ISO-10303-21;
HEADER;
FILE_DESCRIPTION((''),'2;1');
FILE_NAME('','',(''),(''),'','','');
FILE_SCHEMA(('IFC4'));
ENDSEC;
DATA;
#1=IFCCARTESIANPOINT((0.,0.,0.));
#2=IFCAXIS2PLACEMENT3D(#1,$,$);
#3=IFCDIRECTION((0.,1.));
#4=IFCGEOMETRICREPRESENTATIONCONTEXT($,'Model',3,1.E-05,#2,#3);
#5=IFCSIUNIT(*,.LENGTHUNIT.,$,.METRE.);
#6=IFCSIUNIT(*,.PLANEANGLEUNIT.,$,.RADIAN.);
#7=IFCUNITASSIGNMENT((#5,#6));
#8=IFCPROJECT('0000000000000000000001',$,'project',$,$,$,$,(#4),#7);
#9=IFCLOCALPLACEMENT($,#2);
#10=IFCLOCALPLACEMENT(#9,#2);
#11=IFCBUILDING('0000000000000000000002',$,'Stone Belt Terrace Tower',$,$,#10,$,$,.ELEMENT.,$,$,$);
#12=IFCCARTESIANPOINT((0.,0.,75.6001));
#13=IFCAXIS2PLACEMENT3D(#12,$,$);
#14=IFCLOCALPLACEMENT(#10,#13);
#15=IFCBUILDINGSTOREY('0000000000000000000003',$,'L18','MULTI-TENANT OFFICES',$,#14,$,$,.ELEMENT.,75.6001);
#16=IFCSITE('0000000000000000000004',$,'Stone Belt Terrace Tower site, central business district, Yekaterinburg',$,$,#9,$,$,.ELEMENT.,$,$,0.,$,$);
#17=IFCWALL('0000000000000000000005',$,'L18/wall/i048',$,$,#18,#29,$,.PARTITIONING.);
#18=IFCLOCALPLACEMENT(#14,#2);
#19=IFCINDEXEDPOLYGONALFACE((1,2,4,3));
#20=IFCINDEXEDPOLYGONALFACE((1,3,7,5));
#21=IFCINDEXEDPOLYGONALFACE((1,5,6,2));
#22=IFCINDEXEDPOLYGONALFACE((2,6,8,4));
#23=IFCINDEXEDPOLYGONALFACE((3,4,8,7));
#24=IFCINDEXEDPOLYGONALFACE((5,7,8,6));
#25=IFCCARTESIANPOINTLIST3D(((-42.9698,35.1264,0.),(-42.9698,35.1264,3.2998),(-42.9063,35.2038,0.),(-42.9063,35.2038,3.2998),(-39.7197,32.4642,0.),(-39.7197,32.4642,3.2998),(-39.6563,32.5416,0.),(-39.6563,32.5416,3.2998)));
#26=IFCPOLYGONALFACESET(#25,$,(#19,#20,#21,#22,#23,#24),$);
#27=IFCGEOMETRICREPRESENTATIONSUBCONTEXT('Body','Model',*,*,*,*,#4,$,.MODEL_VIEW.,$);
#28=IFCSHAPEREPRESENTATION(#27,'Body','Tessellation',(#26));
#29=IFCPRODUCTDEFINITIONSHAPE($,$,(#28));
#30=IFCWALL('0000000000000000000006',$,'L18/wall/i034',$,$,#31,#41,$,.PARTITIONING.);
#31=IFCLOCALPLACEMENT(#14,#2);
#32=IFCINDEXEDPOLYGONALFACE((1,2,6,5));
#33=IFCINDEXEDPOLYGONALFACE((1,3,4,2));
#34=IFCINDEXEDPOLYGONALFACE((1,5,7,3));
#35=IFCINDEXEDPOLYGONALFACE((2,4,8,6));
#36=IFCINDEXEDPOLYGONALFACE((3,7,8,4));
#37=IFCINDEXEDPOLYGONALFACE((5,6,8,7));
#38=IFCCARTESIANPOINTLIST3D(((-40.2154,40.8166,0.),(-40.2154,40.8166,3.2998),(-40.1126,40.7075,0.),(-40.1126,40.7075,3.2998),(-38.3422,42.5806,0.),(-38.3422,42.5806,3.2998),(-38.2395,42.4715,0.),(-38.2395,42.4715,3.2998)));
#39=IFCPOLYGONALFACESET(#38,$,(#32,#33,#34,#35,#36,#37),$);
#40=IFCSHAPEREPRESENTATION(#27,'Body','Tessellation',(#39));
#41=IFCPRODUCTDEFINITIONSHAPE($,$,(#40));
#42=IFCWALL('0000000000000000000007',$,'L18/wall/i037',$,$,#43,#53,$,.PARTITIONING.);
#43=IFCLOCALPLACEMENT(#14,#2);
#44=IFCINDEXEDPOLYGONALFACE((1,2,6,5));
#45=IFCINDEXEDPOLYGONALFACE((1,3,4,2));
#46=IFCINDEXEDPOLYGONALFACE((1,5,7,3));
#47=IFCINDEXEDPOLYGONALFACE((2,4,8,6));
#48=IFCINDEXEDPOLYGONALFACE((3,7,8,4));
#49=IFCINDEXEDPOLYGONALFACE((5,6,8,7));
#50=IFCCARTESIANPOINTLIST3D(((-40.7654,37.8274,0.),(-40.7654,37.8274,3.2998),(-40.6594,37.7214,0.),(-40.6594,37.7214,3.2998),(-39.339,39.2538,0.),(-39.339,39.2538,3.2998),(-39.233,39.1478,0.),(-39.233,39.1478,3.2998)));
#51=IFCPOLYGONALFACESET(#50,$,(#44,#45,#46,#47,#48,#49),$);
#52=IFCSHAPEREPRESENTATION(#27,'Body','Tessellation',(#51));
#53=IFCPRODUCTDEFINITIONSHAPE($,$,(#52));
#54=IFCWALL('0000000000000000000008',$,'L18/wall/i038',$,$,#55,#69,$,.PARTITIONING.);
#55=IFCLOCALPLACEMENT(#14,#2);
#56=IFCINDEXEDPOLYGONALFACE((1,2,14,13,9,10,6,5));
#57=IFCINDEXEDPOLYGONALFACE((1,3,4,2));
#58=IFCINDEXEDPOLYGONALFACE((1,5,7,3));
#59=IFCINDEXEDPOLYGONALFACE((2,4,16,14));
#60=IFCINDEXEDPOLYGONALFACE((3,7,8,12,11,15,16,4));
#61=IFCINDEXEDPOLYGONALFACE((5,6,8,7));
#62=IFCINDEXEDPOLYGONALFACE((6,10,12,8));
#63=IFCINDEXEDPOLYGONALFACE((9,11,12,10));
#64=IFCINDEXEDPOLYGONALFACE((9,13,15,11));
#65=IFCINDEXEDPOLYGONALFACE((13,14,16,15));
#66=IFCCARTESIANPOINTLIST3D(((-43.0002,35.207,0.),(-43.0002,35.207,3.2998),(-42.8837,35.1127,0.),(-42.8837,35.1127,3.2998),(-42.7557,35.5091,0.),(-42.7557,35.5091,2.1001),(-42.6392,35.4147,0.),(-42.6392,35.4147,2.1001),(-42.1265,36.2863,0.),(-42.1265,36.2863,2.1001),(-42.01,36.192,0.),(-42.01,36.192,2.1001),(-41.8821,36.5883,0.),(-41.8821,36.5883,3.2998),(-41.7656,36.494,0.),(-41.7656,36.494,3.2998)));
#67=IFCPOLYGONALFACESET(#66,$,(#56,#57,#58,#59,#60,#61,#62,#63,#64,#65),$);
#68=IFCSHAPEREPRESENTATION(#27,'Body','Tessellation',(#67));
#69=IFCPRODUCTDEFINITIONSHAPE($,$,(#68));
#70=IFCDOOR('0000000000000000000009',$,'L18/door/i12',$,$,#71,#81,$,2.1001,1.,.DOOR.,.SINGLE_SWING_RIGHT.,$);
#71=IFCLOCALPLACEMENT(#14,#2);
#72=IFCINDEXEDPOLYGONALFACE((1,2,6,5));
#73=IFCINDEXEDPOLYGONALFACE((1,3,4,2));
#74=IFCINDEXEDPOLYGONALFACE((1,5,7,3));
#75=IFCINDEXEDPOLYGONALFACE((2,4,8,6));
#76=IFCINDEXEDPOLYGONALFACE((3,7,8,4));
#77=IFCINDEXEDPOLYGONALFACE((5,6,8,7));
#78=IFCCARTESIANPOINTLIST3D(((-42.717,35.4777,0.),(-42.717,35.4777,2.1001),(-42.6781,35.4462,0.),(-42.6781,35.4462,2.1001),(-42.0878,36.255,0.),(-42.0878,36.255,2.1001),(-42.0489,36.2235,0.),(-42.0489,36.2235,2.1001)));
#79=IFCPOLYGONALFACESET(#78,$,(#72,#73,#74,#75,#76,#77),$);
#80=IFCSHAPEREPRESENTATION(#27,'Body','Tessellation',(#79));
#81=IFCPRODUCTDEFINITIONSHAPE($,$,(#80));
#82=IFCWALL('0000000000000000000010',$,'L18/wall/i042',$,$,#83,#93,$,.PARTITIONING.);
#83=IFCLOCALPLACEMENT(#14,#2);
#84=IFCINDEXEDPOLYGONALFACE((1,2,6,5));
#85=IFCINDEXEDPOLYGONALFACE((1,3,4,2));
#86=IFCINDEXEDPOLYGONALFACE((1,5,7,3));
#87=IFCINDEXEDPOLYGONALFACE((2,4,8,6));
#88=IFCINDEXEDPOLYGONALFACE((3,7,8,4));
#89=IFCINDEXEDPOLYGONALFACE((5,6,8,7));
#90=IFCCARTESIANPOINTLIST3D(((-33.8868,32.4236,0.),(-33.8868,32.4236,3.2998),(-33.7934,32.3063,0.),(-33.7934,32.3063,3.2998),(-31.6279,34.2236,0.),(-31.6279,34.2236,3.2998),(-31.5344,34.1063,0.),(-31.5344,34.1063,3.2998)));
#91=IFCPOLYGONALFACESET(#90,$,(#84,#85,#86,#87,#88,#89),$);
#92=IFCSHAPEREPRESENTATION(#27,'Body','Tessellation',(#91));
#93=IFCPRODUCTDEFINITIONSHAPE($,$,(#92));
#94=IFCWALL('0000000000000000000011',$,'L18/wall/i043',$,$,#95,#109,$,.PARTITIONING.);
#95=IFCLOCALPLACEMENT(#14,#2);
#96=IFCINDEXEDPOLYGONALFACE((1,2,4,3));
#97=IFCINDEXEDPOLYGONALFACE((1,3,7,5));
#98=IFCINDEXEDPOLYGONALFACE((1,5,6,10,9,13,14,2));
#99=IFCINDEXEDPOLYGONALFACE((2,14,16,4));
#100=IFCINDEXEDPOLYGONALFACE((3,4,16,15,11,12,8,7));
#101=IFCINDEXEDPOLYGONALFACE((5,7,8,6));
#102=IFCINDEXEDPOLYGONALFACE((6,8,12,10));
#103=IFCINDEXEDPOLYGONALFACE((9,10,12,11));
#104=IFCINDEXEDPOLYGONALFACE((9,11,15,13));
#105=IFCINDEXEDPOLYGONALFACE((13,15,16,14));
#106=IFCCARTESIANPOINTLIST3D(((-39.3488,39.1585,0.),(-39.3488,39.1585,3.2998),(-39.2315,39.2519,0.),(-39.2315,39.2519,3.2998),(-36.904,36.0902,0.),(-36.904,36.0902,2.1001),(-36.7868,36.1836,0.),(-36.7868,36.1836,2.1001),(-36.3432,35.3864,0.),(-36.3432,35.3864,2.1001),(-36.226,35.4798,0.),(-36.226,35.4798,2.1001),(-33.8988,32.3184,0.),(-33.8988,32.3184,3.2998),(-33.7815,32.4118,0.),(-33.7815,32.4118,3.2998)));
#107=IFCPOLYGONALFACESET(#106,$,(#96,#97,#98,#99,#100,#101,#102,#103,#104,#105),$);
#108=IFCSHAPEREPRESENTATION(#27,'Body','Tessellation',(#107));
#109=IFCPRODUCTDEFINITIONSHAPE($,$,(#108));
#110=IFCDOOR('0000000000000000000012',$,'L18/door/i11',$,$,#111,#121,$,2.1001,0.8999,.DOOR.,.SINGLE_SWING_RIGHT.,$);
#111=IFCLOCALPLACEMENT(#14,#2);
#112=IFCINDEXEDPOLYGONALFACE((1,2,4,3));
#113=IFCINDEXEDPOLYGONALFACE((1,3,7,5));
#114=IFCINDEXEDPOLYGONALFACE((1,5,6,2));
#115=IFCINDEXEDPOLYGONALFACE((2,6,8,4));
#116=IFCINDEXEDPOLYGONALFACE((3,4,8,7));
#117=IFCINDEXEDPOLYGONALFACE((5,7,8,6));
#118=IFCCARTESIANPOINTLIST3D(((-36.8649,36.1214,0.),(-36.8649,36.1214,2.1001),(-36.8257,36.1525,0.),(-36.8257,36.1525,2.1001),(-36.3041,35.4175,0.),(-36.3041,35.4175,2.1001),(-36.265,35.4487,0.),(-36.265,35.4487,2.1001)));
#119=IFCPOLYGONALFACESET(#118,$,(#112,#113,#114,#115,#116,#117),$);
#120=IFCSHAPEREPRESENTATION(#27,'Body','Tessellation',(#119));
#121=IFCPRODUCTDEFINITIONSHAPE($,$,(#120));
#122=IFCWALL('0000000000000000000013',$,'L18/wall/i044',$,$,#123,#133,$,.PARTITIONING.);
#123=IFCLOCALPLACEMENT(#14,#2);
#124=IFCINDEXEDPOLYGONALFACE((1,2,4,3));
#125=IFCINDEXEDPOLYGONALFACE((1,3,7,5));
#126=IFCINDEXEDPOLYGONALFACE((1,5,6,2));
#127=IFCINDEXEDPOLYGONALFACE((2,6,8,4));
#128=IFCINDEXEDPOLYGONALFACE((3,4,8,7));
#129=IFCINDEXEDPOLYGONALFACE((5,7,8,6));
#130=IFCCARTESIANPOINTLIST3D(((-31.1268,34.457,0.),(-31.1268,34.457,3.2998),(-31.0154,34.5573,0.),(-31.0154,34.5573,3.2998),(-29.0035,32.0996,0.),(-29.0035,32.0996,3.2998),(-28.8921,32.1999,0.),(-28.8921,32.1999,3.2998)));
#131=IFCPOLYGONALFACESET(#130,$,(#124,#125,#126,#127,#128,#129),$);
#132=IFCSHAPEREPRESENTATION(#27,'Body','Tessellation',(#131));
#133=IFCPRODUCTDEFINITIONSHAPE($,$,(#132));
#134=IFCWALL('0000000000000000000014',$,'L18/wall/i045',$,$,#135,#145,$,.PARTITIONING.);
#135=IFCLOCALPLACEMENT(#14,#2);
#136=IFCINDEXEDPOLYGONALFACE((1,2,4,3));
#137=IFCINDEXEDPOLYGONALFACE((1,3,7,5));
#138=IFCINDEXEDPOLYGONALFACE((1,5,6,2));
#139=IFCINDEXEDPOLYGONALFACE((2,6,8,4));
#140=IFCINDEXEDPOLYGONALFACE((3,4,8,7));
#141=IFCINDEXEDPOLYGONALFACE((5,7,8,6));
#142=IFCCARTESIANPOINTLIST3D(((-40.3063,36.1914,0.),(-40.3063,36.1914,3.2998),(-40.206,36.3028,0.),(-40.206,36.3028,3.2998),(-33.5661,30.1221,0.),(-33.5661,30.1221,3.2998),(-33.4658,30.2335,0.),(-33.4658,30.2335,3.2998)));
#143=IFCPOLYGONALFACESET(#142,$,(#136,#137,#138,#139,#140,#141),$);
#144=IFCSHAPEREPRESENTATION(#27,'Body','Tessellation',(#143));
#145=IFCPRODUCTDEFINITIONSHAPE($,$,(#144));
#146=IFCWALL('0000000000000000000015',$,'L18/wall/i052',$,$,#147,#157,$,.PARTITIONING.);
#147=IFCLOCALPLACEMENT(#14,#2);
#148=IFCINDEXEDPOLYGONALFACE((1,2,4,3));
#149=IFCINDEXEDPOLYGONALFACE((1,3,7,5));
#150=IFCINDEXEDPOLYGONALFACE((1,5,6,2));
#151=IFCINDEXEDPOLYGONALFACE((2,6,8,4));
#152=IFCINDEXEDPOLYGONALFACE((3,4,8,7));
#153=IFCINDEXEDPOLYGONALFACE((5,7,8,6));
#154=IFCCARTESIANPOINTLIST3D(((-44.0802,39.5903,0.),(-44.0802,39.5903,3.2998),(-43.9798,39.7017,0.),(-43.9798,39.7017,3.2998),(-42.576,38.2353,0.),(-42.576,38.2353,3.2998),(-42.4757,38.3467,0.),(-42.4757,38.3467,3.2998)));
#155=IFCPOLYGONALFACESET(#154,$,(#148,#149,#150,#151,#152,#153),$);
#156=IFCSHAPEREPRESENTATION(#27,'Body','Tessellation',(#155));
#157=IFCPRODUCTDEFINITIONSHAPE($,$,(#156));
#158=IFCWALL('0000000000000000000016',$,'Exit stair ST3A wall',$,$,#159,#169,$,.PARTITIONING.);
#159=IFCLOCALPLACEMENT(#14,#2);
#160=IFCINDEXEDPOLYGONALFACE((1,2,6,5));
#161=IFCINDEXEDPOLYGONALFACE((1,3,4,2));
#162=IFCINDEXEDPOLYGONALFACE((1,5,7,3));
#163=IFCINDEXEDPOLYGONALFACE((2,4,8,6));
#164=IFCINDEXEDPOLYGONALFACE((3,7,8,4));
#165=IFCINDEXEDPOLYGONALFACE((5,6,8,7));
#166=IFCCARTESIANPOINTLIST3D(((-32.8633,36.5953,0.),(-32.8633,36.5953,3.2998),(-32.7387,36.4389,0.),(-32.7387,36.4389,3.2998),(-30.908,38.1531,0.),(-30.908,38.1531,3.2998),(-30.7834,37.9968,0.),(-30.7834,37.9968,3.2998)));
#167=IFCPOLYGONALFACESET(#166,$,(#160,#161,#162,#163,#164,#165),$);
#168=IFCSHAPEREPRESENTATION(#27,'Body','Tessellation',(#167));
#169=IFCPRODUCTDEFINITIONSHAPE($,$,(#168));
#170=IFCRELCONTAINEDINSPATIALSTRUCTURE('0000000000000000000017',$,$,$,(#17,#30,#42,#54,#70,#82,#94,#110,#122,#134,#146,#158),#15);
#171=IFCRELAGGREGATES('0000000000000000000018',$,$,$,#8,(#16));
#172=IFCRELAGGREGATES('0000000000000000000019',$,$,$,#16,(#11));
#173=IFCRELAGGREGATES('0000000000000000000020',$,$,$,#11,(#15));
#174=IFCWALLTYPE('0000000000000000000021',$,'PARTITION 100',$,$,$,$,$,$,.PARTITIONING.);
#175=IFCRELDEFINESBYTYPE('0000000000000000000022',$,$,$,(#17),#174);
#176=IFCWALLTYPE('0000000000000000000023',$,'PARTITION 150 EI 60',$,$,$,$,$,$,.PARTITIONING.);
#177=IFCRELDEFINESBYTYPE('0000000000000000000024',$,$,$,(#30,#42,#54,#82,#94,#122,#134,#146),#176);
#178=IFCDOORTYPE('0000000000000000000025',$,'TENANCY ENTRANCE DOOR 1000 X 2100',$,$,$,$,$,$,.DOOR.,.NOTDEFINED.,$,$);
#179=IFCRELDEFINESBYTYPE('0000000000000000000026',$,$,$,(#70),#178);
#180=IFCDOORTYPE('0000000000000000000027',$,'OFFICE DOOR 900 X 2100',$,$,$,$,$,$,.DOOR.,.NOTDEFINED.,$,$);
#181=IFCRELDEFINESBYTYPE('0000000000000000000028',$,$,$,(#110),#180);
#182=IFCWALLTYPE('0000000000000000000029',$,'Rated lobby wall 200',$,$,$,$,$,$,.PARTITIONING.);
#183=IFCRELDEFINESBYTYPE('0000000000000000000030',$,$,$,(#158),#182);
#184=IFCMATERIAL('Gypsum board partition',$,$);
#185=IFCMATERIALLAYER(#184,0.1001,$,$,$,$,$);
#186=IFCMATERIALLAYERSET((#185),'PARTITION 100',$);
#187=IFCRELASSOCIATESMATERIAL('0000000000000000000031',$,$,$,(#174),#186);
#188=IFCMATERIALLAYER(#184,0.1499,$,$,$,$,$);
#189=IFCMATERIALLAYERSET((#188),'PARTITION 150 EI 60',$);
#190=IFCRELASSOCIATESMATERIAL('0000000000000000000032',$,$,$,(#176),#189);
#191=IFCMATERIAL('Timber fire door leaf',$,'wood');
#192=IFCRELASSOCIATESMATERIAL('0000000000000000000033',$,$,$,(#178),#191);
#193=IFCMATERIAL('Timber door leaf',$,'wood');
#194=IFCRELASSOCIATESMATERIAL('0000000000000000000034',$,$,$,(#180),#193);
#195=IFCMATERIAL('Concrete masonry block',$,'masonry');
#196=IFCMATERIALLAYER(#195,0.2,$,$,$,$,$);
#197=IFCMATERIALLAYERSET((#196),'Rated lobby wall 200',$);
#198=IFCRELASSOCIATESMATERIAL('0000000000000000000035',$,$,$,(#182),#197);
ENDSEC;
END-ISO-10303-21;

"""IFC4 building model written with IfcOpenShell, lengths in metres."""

from ifc_helpers import new_model, si_unit, direction, frame, frame_2d, origin, place, context, subcontext, project, spatial, rectangle, extrude, material, layer, layer_set, type_object, element, fill, save


model = new_model("IFC4")

# Units and contexts
model_context = context("Model", 3, precision=1e-05, world=origin(), true_north=direction((0.0, 1.0)))
body_context = subcontext(model_context, "Body", "Model", "MODEL_VIEW")
ifc_project = project(units=[si_unit("LENGTHUNIT", "METRE"), si_unit("PLANEANGLEUNIT", "RADIAN")], contexts=[model_context])

# Site, building, storey
site_placement = place(None, origin())
site = spatial("IfcSite", under=ifc_project, at=site_placement, Name="Stone Belt Terrace Tower site, central business district, Yekaterinburg", CompositionType="ELEMENT", RefElevation=0.0)
building_placement = place(site_placement, origin())
building = spatial("IfcBuilding", under=site, at=building_placement, Name="Stone Belt Terrace Tower", CompositionType="ELEMENT")
storey_placement = place(building_placement, frame((0.0, 0.0, 75.6001)))
storey = spatial("IfcBuildingStorey", under=building, at=storey_placement, Name="L18", Description="MULTI-TENANT OFFICES", CompositionType="ELEMENT", Elevation=75.6001)

# Walls
ifc_material_1 = material(Name="Gypsum board partition")
ifc_layer_1 = layer(ifc_material_1, 0.1001)
ifc_layer_set_1 = layer_set([ifc_layer_1], Name="PARTITION 100")
wall_type_1 = type_object("IfcWallType", Name="PARTITION 100", PredefinedType="PARTITIONING", material=ifc_layer_set_1)
wall_1_placement = place(storey_placement, frame((-39.688, 32.5029, 0.0), z_axis=(0.0, 0.0, 1.0), x_axis=(-0.773605, 0.633668, 0.0)))
element("IfcWall", 1, at=wall_1_placement, inside=storey, type_object=wall_type_1, Name="L18/wall/i048", PredefinedType="PARTITIONING", context=body_context, shape_type="SweptSolid", body=[
    extrude(rectangle(XDim=4.2012, YDim=0.1001, at=frame_2d((2.1006, 0.0))), origin(), (0.0, 0.0, 1.0), 3.2998),
])
ifc_layer_2 = layer(ifc_material_1, 0.1499)
ifc_layer_set_2 = layer_set([ifc_layer_2], Name="PARTITION 150 EI 60")
wall_type_2 = type_object("IfcWallType", Name="PARTITION 150 EI 60", PredefinedType="PARTITIONING", material=ifc_layer_set_2)
wall_2_placement = place(storey_placement, frame((-40.1641, 40.762, 0.0), z_axis=(0.0, 0.0, 1.0), x_axis=(0.727997, 0.685581, 0.0)))
element("IfcWall", 2, at=wall_2_placement, inside=storey, type_object=wall_type_2, Name="L18/wall/i034", PredefinedType="PARTITIONING", context=body_context, shape_type="SweptSolid", body=[
    extrude(rectangle(XDim=2.573, YDim=0.1499, at=frame_2d((1.2866, 0.0))), origin(), (0.0, 0.0, 1.0), 3.2998),
])
wall_3_placement = place(storey_placement, frame((-39.2859, 39.2009, 0.0), z_axis=(0.0, 0.0, 1.0), x_axis=(-0.707107, -0.707107, 0.0)))
element("IfcWall", 3, at=wall_3_placement, inside=storey, type_object=wall_type_2, Name="L18/wall/i037", PredefinedType="PARTITIONING", context=body_context, shape_type="SweptSolid", body=[
    extrude(rectangle(XDim=2.0173, YDim=0.1499, at=frame_2d((1.0088, 0.0))), origin(), (0.0, 0.0, 1.0), 3.2998),
])

# Wall, opening, door
wall_4_placement = place(storey_placement, frame((-41.8237, 36.5413, 0.0), z_axis=(0.0, 0.0, 1.0), x_axis=(-0.629175, -0.777264, 0.0)))
wall_4 = element("IfcWall", 4, at=wall_4_placement, inside=storey, type_object=wall_type_2, Name="L18/wall/i038", PredefinedType="PARTITIONING", context=body_context, shape_type="SweptSolid", body=[
    extrude(rectangle(XDim=1.7771, YDim=0.1499, at=frame_2d((0.8887, 0.0))), origin(), (0.0, 0.0, 1.0), 3.2998),
])
opening_1_placement = place(wall_4_placement, frame((0.3887, 0.0, 0.0)))
opening_1 = element("IfcOpeningElement", 5, at=opening_1_placement, cuts=wall_4, PredefinedType="OPENING", context=body_context, shape_type="SweptSolid", body=[
    extrude(rectangle(XDim=1.0, YDim=2.1001, at=frame_2d((0.5, 1.05))), frame((0.0, 0.085, 0.0), z_axis=(0.0, -1.0, 0.0), x_axis=(1.0, 0.0, 0.0)), (0.0, 0.0, 1.0), 0.1699),
])
ifc_material_2 = material(Name="Timber fire door leaf", Category="wood")
door_type_1 = type_object("IfcDoorType", Name="TENANCY ENTRANCE DOOR 1000 X 2100", OperationType="NOTDEFINED", PredefinedType="DOOR", material=ifc_material_2)
door_1_placement = place(opening_1_placement, origin())
door_1 = element("IfcDoor", 6, at=door_1_placement, inside=storey, type_object=door_type_1, Name="L18/door/i12", OperationType="SINGLE_SWING_RIGHT", OverallHeight=2.1001, OverallWidth=1.0, PredefinedType="DOOR", context=body_context, shape_type="SweptSolid", body=[
    extrude(rectangle(XDim=1.0, YDim=2.1001, at=frame_2d((0.5, 1.05))), frame((0.0, 0.0249, 0.0), z_axis=(0.0, -1.0, 0.0), x_axis=(1.0, 0.0, 0.0)), (0.0, 0.0, 1.0), 0.05),
])
fill(opening_1, door_1)

# Wall
wall_5_placement = place(storey_placement, frame((-31.5811, 34.165, 0.0), z_axis=(0.0, 0.0, 1.0), x_axis=(-0.78208, -0.623179, 0.0)))
element("IfcWall", 7, at=wall_5_placement, inside=storey, type_object=wall_type_2, Name="L18/wall/i042", PredefinedType="PARTITIONING", context=body_context, shape_type="SweptSolid", body=[
    extrude(rectangle(XDim=2.8884, YDim=0.1499, at=frame_2d((1.4443, 0.0))), origin(), (0.0, 0.0, 1.0), 3.2998),
])

# Wall, opening, door
wall_6_placement = place(storey_placement, frame((-33.8401, 32.365, 0.0), z_axis=(0.0, 0.0, 1.0), x_axis=(-0.623152, 0.782101, 0.0)))
wall_6 = element("IfcWall", 8, at=wall_6_placement, inside=storey, type_object=wall_type_2, Name="L18/wall/i043", PredefinedType="PARTITIONING", context=body_context, shape_type="SweptSolid", body=[
    extrude(rectangle(XDim=8.7458, YDim=0.1499, at=frame_2d((4.373, 0.0))), origin(), (0.0, 0.0, 1.0), 3.2998),
])
opening_2_placement = place(wall_6_placement, frame((3.9229, 0.0, 0.0)))
opening_2 = element("IfcOpeningElement", 9, at=opening_2_placement, cuts=wall_6, PredefinedType="OPENING", context=body_context, shape_type="SweptSolid", body=[
    extrude(rectangle(XDim=0.8999, YDim=2.1001, at=frame_2d((0.45, 1.05))), frame((0.0, 0.085, 0.0), z_axis=(0.0, -1.0, 0.0), x_axis=(1.0, 0.0, 0.0)), (0.0, 0.0, 1.0), 0.1699),
])
ifc_material_3 = material(Name="Timber door leaf", Category="wood")
door_type_2 = type_object("IfcDoorType", Name="OFFICE DOOR 900 X 2100", OperationType="NOTDEFINED", PredefinedType="DOOR", material=ifc_material_3)
door_2_placement = place(opening_2_placement, origin())
door_2 = element("IfcDoor", 10, at=door_2_placement, inside=storey, type_object=door_type_2, Name="L18/door/i11", OperationType="SINGLE_SWING_RIGHT", OverallHeight=2.1001, OverallWidth=0.8999, PredefinedType="DOOR", context=body_context, shape_type="SweptSolid", body=[
    extrude(rectangle(XDim=0.8999, YDim=2.1001, at=frame_2d((0.45, 1.05))), frame((0.0, 0.0249, 0.0), z_axis=(0.0, -1.0, 0.0), x_axis=(1.0, 0.0, 0.0)), (0.0, 0.0, 1.0), 0.05),
])
fill(opening_2, door_2)

# Walls
wall_7_placement = place(storey_placement, frame((-28.9478, 32.1497, 0.0), z_axis=(0.0, 0.0, 1.0), x_axis=(-0.669245, 0.743042, 0.0)))
element("IfcWall", 11, at=wall_7_placement, inside=storey, type_object=wall_type_2, Name="L18/wall/i044", PredefinedType="PARTITIONING", context=body_context, shape_type="SweptSolid", body=[
    extrude(rectangle(XDim=3.1726, YDim=0.1499, at=frame_2d((1.5864, 0.0))), origin(), (0.0, 0.0, 1.0), 3.2998),
])
wall_8_placement = place(storey_placement, frame((-33.5159, 30.1777, 0.0), z_axis=(0.0, 0.0, 1.0), x_axis=(-0.743123, 0.669155, 0.0)))
element("IfcWall", 12, at=wall_8_placement, inside=storey, type_object=wall_type_2, Name="L18/wall/i045", PredefinedType="PARTITIONING", context=body_context, shape_type="SweptSolid", body=[
    extrude(rectangle(XDim=9.0701, YDim=0.1499, at=frame_2d((4.5352, 0.0))), origin(), (0.0, 0.0, 1.0), 3.2998),
])
wall_9_placement = place(storey_placement, frame((-42.5259, 38.291, 0.0), z_axis=(0.0, 0.0, 1.0), x_axis=(-0.742988, 0.669304, 0.0)))
element("IfcWall", 13, at=wall_9_placement, inside=storey, type_object=wall_type_2, Name="L18/wall/i052", PredefinedType="PARTITIONING", context=body_context, shape_type="SweptSolid", body=[
    extrude(rectangle(XDim=2.0244, YDim=0.1499, at=frame_2d((1.0122, 0.0))), origin(), (0.0, 0.0, 1.0), 3.2998),
])
ifc_material_4 = material(Name="Concrete masonry block", Category="masonry")
ifc_layer_3 = layer(ifc_material_4, 0.2)
ifc_layer_set_3 = layer_set([ifc_layer_3], Name="Rated lobby wall 200")
wall_type_3 = type_object("IfcWallType", Name="Rated lobby wall 200", PredefinedType="PARTITIONING", material=ifc_layer_set_3)
wall_10_placement = place(storey_placement, frame((-30.8457, 38.075, 0.0), z_axis=(0.0, 0.0, 1.0), x_axis=(-0.782115, -0.623134, 0.0)))
element("IfcWall", 14, at=wall_10_placement, inside=storey, type_object=wall_type_3, Name="Exit stair ST3A wall", PredefinedType="PARTITIONING", context=body_context, shape_type="SweptSolid", body=[
    extrude(rectangle(XDim=2.5, YDim=0.2, at=frame_2d((1.25, 0.0))), origin(), (0.0, 0.0, 1.0), 3.2998),
])

save(model, "model.ifc")
